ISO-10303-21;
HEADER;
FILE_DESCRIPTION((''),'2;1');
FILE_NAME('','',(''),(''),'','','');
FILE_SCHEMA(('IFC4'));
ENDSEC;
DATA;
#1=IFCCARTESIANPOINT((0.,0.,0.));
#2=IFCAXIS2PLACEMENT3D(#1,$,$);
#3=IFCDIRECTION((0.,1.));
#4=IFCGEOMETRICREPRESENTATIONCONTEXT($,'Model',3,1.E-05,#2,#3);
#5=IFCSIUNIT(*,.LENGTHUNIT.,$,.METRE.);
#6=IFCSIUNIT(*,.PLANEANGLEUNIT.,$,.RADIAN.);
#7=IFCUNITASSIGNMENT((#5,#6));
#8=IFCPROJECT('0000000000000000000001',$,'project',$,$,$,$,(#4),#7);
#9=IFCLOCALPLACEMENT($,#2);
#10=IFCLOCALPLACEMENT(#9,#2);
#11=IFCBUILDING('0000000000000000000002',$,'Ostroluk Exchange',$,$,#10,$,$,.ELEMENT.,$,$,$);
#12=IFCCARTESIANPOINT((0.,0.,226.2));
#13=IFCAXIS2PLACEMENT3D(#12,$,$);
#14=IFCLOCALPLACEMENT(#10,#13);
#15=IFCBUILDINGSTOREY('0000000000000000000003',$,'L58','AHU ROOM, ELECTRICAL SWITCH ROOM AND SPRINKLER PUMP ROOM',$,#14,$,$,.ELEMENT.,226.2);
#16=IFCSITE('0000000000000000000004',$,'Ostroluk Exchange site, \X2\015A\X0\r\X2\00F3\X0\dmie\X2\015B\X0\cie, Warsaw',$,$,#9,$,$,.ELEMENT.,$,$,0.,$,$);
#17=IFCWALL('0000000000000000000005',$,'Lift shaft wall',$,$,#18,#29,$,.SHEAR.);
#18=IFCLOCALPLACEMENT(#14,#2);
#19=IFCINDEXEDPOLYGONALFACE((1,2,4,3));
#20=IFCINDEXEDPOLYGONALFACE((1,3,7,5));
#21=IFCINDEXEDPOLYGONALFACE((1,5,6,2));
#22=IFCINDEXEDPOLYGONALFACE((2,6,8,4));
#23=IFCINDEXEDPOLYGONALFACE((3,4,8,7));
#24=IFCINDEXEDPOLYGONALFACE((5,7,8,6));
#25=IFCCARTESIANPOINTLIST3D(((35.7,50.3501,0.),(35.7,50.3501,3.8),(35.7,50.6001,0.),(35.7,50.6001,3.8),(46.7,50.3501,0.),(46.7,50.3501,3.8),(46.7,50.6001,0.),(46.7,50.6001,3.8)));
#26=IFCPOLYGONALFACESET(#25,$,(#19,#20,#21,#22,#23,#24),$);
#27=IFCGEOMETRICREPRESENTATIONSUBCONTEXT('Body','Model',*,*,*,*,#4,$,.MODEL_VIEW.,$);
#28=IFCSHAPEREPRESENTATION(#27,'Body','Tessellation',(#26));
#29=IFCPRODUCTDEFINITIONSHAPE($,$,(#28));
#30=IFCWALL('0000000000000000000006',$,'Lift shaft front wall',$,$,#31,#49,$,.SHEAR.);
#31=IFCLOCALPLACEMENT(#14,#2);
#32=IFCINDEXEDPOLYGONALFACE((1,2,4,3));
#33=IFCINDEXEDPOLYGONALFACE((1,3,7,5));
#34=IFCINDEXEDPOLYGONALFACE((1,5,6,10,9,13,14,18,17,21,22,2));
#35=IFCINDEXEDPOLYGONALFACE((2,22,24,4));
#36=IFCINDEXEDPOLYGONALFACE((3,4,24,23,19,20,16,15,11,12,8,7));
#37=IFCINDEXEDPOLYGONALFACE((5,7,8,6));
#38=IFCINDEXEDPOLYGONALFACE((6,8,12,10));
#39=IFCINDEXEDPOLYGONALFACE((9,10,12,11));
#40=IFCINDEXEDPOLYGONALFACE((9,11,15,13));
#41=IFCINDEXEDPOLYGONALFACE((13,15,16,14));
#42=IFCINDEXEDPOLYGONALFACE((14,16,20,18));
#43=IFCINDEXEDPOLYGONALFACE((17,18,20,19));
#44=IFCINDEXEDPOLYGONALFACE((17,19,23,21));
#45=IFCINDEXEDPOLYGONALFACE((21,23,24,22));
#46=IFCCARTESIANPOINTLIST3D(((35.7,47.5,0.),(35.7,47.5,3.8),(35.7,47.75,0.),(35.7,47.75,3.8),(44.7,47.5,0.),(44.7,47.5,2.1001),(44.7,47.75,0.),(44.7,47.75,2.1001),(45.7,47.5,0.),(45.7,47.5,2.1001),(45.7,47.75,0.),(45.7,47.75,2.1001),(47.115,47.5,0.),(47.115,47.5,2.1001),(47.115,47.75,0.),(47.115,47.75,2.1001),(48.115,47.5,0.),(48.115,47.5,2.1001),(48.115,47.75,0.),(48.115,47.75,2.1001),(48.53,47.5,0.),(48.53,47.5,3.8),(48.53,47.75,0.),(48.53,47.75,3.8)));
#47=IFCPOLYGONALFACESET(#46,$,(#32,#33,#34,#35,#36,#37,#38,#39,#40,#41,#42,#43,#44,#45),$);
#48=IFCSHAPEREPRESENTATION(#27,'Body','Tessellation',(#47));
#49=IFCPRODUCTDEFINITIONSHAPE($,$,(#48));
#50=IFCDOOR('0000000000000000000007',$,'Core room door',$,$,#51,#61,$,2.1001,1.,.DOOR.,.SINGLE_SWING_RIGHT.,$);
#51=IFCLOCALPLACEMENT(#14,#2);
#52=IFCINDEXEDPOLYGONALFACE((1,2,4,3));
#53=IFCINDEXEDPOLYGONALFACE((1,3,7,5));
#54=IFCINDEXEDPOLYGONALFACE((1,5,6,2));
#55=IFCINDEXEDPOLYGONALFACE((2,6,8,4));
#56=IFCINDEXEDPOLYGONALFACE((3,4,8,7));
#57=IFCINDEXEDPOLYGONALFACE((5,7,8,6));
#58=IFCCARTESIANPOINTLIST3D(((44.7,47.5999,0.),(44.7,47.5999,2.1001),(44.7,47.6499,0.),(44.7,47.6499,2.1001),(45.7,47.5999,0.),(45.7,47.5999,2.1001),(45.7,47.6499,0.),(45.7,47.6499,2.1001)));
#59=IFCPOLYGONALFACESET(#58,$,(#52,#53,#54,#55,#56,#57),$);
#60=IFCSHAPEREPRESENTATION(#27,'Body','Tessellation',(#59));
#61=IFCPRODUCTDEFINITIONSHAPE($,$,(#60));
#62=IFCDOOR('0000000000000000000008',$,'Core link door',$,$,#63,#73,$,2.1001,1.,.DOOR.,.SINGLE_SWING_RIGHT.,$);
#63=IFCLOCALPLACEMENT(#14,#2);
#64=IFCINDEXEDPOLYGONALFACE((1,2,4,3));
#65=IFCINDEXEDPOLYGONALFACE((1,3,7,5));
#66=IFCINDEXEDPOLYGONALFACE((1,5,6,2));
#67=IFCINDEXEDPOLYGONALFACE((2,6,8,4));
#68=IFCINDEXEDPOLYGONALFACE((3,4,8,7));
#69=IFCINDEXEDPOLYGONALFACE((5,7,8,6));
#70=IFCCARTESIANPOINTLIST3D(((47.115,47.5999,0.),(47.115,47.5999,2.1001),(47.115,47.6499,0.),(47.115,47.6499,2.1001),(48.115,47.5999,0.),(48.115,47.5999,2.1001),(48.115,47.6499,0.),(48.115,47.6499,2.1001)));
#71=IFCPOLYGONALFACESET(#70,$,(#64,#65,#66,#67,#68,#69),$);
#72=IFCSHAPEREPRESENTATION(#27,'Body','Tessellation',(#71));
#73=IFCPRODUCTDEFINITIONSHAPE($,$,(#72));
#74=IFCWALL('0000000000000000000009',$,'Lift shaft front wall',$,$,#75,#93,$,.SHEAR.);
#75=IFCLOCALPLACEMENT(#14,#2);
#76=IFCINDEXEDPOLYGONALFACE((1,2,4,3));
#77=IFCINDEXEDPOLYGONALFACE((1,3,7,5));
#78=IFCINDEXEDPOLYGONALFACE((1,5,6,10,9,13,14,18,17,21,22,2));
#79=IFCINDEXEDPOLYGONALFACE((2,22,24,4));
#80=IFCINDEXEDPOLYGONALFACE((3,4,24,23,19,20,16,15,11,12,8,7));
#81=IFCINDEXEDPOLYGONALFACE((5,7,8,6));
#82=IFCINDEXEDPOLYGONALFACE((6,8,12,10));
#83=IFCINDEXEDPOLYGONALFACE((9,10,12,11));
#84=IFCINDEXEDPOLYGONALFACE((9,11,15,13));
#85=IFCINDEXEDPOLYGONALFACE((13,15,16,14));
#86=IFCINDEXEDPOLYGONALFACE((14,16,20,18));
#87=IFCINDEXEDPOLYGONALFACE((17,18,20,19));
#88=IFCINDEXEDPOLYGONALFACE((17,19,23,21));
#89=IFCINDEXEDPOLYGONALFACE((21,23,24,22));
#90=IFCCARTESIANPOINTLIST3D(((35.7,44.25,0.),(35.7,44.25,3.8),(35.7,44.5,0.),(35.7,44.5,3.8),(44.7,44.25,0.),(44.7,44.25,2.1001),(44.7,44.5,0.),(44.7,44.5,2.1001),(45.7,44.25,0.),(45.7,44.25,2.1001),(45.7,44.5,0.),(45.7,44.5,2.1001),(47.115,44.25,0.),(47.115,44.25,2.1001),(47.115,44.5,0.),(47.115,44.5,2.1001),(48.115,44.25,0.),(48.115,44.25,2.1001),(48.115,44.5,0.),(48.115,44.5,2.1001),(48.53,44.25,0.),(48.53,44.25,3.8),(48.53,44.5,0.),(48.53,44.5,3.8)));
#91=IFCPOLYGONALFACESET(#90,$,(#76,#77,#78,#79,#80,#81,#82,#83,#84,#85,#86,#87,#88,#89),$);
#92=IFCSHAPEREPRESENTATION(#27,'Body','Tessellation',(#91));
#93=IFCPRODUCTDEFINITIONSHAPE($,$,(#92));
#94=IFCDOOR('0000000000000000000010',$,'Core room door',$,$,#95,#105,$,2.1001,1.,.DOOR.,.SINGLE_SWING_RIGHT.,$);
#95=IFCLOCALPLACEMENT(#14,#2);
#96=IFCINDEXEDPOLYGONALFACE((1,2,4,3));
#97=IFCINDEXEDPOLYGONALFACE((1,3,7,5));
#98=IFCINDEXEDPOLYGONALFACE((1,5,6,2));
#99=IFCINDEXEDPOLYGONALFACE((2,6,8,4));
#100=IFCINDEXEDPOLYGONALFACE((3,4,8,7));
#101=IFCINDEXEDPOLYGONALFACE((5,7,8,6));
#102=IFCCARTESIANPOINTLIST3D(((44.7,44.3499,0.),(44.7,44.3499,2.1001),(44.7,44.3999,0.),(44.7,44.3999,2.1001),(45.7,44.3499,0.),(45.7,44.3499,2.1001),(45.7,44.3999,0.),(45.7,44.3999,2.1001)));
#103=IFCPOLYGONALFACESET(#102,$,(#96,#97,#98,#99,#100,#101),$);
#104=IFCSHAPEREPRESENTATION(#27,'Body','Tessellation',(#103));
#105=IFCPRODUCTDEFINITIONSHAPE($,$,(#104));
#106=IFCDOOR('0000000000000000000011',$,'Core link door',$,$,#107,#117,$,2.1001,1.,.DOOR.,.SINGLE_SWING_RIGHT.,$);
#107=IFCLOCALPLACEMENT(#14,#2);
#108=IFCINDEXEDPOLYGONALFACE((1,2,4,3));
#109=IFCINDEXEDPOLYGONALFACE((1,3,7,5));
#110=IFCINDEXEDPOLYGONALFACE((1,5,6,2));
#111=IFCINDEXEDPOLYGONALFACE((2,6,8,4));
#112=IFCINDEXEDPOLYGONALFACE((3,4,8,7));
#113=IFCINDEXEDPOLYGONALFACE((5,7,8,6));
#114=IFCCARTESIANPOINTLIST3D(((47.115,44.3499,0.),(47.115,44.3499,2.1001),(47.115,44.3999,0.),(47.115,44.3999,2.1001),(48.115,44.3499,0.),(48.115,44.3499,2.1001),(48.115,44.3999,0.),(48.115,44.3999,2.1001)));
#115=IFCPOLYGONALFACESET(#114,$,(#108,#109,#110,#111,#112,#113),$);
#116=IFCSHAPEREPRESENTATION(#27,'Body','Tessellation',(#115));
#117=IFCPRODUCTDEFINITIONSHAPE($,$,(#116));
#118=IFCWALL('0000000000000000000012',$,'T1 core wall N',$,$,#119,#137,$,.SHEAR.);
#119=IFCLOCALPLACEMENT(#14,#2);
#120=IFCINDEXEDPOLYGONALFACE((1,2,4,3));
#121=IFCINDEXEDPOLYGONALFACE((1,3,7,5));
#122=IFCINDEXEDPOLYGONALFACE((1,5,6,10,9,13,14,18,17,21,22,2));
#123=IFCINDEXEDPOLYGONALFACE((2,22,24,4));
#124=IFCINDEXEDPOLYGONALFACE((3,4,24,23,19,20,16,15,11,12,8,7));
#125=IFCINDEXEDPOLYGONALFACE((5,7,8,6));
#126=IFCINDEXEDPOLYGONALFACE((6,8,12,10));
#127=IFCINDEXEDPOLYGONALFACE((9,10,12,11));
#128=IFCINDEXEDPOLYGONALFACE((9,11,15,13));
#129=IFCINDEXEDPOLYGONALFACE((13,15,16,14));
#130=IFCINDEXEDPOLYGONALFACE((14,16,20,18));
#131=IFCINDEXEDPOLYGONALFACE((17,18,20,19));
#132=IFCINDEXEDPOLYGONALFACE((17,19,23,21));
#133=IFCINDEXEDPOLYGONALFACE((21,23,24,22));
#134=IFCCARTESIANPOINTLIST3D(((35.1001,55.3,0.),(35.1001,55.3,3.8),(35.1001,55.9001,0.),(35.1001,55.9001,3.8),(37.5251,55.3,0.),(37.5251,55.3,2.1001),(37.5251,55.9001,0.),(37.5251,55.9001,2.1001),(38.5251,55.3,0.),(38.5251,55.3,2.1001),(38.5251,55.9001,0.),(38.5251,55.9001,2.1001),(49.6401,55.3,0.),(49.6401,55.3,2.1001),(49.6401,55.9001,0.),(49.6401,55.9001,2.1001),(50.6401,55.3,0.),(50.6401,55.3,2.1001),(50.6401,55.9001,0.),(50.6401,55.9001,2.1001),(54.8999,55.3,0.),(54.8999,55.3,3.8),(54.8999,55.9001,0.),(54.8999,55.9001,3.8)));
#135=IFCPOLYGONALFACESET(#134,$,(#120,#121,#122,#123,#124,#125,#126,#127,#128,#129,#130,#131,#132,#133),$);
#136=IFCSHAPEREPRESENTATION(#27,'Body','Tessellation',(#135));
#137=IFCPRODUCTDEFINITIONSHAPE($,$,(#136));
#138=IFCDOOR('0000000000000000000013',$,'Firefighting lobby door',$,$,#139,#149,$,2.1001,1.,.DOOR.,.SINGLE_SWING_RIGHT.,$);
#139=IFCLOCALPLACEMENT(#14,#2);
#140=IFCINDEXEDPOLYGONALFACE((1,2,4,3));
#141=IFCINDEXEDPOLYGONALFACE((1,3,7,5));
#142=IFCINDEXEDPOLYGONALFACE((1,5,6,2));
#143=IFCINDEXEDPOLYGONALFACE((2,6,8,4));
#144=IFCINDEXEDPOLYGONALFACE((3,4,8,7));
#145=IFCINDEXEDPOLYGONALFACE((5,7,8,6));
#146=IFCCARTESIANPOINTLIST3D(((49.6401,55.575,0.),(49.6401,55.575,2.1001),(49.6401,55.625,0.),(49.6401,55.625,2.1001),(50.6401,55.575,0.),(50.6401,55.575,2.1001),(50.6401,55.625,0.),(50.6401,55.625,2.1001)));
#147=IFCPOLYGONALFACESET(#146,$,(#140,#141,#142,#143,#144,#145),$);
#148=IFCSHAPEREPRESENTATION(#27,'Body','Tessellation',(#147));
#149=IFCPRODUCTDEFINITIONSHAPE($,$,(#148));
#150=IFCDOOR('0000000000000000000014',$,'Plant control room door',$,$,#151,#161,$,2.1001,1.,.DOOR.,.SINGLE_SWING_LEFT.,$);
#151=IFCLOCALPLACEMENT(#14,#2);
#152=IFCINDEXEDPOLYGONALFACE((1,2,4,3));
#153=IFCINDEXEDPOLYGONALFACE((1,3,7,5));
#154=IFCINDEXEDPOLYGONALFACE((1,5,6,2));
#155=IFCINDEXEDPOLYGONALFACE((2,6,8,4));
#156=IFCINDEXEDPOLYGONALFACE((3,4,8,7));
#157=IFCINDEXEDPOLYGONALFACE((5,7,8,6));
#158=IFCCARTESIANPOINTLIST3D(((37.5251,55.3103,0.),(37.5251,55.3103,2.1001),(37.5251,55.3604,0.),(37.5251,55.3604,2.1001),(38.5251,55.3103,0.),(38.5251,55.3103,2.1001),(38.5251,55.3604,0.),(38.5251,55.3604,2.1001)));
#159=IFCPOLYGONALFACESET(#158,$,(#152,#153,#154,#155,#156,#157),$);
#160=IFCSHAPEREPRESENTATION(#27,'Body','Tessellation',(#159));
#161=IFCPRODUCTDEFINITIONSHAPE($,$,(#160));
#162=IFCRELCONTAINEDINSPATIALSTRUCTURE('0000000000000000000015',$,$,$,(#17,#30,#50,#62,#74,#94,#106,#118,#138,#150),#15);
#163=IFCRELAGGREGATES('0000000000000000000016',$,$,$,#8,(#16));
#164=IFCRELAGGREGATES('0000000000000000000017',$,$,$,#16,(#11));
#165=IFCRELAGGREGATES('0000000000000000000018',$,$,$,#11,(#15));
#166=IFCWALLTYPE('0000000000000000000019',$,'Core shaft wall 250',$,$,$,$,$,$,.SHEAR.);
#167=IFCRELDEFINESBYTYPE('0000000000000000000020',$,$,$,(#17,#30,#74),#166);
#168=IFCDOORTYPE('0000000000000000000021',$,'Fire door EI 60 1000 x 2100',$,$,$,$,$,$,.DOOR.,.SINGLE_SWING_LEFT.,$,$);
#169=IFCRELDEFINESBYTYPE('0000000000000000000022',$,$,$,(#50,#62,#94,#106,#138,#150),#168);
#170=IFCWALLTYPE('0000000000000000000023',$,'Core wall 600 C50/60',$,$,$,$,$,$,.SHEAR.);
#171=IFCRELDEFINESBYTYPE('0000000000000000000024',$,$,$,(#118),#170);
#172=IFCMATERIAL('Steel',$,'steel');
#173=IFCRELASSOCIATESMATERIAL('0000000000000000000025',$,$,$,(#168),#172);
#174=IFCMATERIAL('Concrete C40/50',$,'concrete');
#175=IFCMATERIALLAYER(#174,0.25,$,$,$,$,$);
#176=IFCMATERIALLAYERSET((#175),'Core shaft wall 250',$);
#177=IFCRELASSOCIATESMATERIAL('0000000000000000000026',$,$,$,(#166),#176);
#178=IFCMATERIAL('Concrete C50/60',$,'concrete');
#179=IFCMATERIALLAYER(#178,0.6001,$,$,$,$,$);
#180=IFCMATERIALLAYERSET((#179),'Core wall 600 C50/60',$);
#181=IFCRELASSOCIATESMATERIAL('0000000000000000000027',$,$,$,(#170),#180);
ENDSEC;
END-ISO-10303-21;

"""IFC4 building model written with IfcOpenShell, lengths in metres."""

from ifc_helpers import new_model, si_unit, direction, frame, frame_2d, origin, place, context, subcontext, project, spatial, rectangle, extrude, material, layer, layer_set, type_object, element, fill, save


model = new_model("IFC4")

# Units and contexts
model_context = context("Model", 3, precision=1e-05, world=origin(), true_north=direction((0.0, 1.0)))
body_context = subcontext(model_context, "Body", "Model", "MODEL_VIEW")
ifc_project = project(units=[si_unit("LENGTHUNIT", "METRE"), si_unit("PLANEANGLEUNIT", "RADIAN")], contexts=[model_context])

# Site, building, storey
site_placement = place(None, origin())
site = spatial("IfcSite", under=ifc_project, at=site_placement, Name="Ostroluk Exchange site, Śródmieście, Warsaw", CompositionType="ELEMENT", RefElevation=0.0)
building_placement = place(site_placement, origin())
building = spatial("IfcBuilding", under=site, at=building_placement, Name="Ostroluk Exchange", CompositionType="ELEMENT")
storey_placement = place(building_placement, frame((0.0, 0.0, 226.2)))
storey = spatial("IfcBuildingStorey", under=building, at=storey_placement, Name="L58", Description="AHU ROOM, ELECTRICAL SWITCH ROOM AND SPRINKLER PUMP ROOM", CompositionType="ELEMENT", Elevation=226.2)

# Shared definitions
ifc_material_1 = material(Name="Steel", Category="steel")
door_type = type_object("IfcDoorType", Name="Fire door EI 60 1000 x 2100", OperationType="SINGLE_SWING_LEFT", PredefinedType="DOOR", material=ifc_material_1)

# Wall
ifc_material_2 = material(Name="Concrete C40/50", Category="concrete")
ifc_layer_1 = layer(ifc_material_2, 0.25)
ifc_layer_set_1 = layer_set([ifc_layer_1], Name="Core shaft wall 250")
wall_type_1 = type_object("IfcWallType", Name="Core shaft wall 250", PredefinedType="SHEAR", material=ifc_layer_set_1)
wall_1_placement = place(storey_placement, frame((35.7, 50.4751, 0.0), z_axis=(0.0, 0.0, 1.0), x_axis=(1.0, 0.0, 0.0)))
element("IfcWall", 1, at=wall_1_placement, inside=storey, type_object=wall_type_1, Name="Lift shaft wall", PredefinedType="SHEAR", context=body_context, shape_type="SweptSolid", body=[
    extrude(rectangle(XDim=11.0, YDim=0.25, at=frame_2d((5.5, 0.0))), origin(), (0.0, 0.0, 1.0), 3.8),
])

# Walls, openings, doors
wall_2_placement = place(storey_placement, frame((35.7, 47.625, 0.0), z_axis=(0.0, 0.0, 1.0), x_axis=(1.0, 0.0, 0.0)))
wall_2 = element("IfcWall", 2, at=wall_2_placement, inside=storey, type_object=wall_type_1, Name="Lift shaft front wall", PredefinedType="SHEAR", context=body_context, shape_type="SweptSolid", body=[
    extrude(rectangle(XDim=12.8301, YDim=0.25, at=frame_2d((6.415, 0.0))), origin(), (0.0, 0.0, 1.0), 3.8),
])
opening_1_placement = place(wall_2_placement, frame((9.0, 0.0, 0.0)))
opening_1 = element("IfcOpeningElement", 3, at=opening_1_placement, cuts=wall_2, PredefinedType="OPENING", context=body_context, shape_type="SweptSolid", body=[
    extrude(rectangle(XDim=1.0, YDim=2.1001, at=frame_2d((0.5, 1.05))), frame((0.0, 0.135, 0.0), z_axis=(0.0, -1.0, 0.0), x_axis=(1.0, 0.0, 0.0)), (0.0, 0.0, 1.0), 0.27),
])
opening_2_placement = place(wall_2_placement, frame((11.415, 0.0, 0.0)))
opening_2 = element("IfcOpeningElement", 4, at=opening_2_placement, cuts=wall_2, PredefinedType="OPENING", context=body_context, shape_type="SweptSolid", body=[
    extrude(rectangle(XDim=1.0, YDim=2.1001, at=frame_2d((0.5, 1.05))), frame((0.0, 0.135, 0.0), z_axis=(0.0, -1.0, 0.0), x_axis=(1.0, 0.0, 0.0)), (0.0, 0.0, 1.0), 0.27),
])
door_1_placement = place(opening_1_placement, origin())
door_1 = element("IfcDoor", 5, at=door_1_placement, inside=storey, type_object=door_type, Name="Core room door", OperationType="SINGLE_SWING_RIGHT", OverallHeight=2.1001, OverallWidth=1.0, PredefinedType="DOOR", context=body_context, shape_type="SweptSolid", body=[
    extrude(rectangle(XDim=1.0, YDim=2.1001, at=frame_2d((0.5, 1.05))), frame((0.0, 0.0249, 0.0), z_axis=(0.0, -1.0, 0.0), x_axis=(1.0, 0.0, 0.0)), (0.0, 0.0, 1.0), 0.05),
])
fill(opening_1, door_1)
door_2_placement = place(opening_2_placement, origin())
door_2 = element("IfcDoor", 6, at=door_2_placement, inside=storey, type_object=door_type, Name="Core link door", OperationType="SINGLE_SWING_RIGHT", OverallHeight=2.1001, OverallWidth=1.0, PredefinedType="DOOR", context=body_context, shape_type="SweptSolid", body=[
    extrude(rectangle(XDim=1.0, YDim=2.1001, at=frame_2d((0.5, 1.05))), frame((0.0, 0.0249, 0.0), z_axis=(0.0, -1.0, 0.0), x_axis=(1.0, 0.0, 0.0)), (0.0, 0.0, 1.0), 0.05),
])
fill(opening_2, door_2)
wall_3_placement = place(storey_placement, frame((35.7, 44.375, 0.0), z_axis=(0.0, 0.0, 1.0), x_axis=(1.0, 0.0, 0.0)))
wall_3 = element("IfcWall", 7, at=wall_3_placement, inside=storey, type_object=wall_type_1, Name="Lift shaft front wall", PredefinedType="SHEAR", context=body_context, shape_type="SweptSolid", body=[
    extrude(rectangle(XDim=12.8301, YDim=0.25, at=frame_2d((6.415, 0.0))), origin(), (0.0, 0.0, 1.0), 3.8),
])
opening_3_placement = place(wall_3_placement, frame((9.0, 0.0, 0.0)))
opening_3 = element("IfcOpeningElement", 8, at=opening_3_placement, cuts=wall_3, PredefinedType="OPENING", context=body_context, shape_type="SweptSolid", body=[
    extrude(rectangle(XDim=1.0, YDim=2.1001, at=frame_2d((0.5, 1.05))), frame((0.0, 0.135, 0.0), z_axis=(0.0, -1.0, 0.0), x_axis=(1.0, 0.0, 0.0)), (0.0, 0.0, 1.0), 0.27),
])
opening_4_placement = place(wall_3_placement, frame((11.415, 0.0, 0.0)))
opening_4 = element("IfcOpeningElement", 9, at=opening_4_placement, cuts=wall_3, PredefinedType="OPENING", context=body_context, shape_type="SweptSolid", body=[
    extrude(rectangle(XDim=1.0, YDim=2.1001, at=frame_2d((0.5, 1.05))), frame((0.0, 0.135, 0.0), z_axis=(0.0, -1.0, 0.0), x_axis=(1.0, 0.0, 0.0)), (0.0, 0.0, 1.0), 0.27),
])
door_3_placement = place(opening_3_placement, origin())
door_3 = element("IfcDoor", 10, at=door_3_placement, inside=storey, type_object=door_type, Name="Core room door", OperationType="SINGLE_SWING_RIGHT", OverallHeight=2.1001, OverallWidth=1.0, PredefinedType="DOOR", context=body_context, shape_type="SweptSolid", body=[
    extrude(rectangle(XDim=1.0, YDim=2.1001, at=frame_2d((0.5, 1.05))), frame((0.0, 0.0249, 0.0), z_axis=(0.0, -1.0, 0.0), x_axis=(1.0, 0.0, 0.0)), (0.0, 0.0, 1.0), 0.05),
])
fill(opening_3, door_3)
door_4_placement = place(opening_4_placement, origin())
door_4 = element("IfcDoor", 11, at=door_4_placement, inside=storey, type_object=door_type, Name="Core link door", OperationType="SINGLE_SWING_RIGHT", OverallHeight=2.1001, OverallWidth=1.0, PredefinedType="DOOR", context=body_context, shape_type="SweptSolid", body=[
    extrude(rectangle(XDim=1.0, YDim=2.1001, at=frame_2d((0.5, 1.05))), frame((0.0, 0.0249, 0.0), z_axis=(0.0, -1.0, 0.0), x_axis=(1.0, 0.0, 0.0)), (0.0, 0.0, 1.0), 0.05),
])
fill(opening_4, door_4)
ifc_material_3 = material(Name="Concrete C50/60", Category="concrete")
ifc_layer_2 = layer(ifc_material_3, 0.6001)
ifc_layer_set_2 = layer_set([ifc_layer_2], Name="Core wall 600 C50/60")
wall_type_2 = type_object("IfcWallType", Name="Core wall 600 C50/60", PredefinedType="SHEAR", material=ifc_layer_set_2)
wall_4_placement = place(storey_placement, frame((35.1001, 55.6001, 0.0), z_axis=(0.0, 0.0, 1.0), x_axis=(1.0, 0.0, 0.0)))
wall_4 = element("IfcWall", 12, at=wall_4_placement, inside=storey, type_object=wall_type_2, Name="T1 core wall N", PredefinedType="SHEAR", context=body_context, shape_type="SweptSolid", body=[
    extrude(rectangle(XDim=19.7998, YDim=0.6001, at=frame_2d((9.8999, 0.0))), origin(), (0.0, 0.0, 1.0), 3.8),
])
opening_5_placement = place(wall_4_placement, frame((14.54, 0.0, 0.0)))
opening_5 = element("IfcOpeningElement", 13, at=opening_5_placement, cuts=wall_4, PredefinedType="OPENING", context=body_context, shape_type="SweptSolid", body=[
    extrude(rectangle(XDim=1.0, YDim=2.1001, at=frame_2d((0.5, 1.05))), frame((0.0, 0.3101, 0.0), z_axis=(0.0, -1.0, 0.0), x_axis=(1.0, 0.0, 0.0)), (0.0, 0.0, 1.0), 0.6201),
])
opening_6_placement = place(wall_4_placement, frame((2.425, 0.0, 0.0)))
opening_6 = element("IfcOpeningElement", 14, at=opening_6_placement, cuts=wall_4, PredefinedType="OPENING", context=body_context, shape_type="SweptSolid", body=[
    extrude(rectangle(XDim=1.0, YDim=2.1001, at=frame_2d((0.5, 1.05))), frame((0.0, 0.3101, 0.0), z_axis=(0.0, -1.0, 0.0), x_axis=(1.0, 0.0, 0.0)), (0.0, 0.0, 1.0), 0.6201),
])
door_5_placement = place(opening_5_placement, origin())
door_5 = element("IfcDoor", 15, at=door_5_placement, inside=storey, type_object=door_type, Name="Firefighting lobby door", OperationType="SINGLE_SWING_RIGHT", OverallHeight=2.1001, OverallWidth=1.0, PredefinedType="DOOR", context=body_context, shape_type="SweptSolid", body=[
    extrude(rectangle(XDim=1.0, YDim=2.1001, at=frame_2d((0.5, 1.05))), frame((0.0, 0.0249, 0.0), z_axis=(0.0, -1.0, 0.0), x_axis=(1.0, 0.0, 0.0)), (0.0, 0.0, 1.0), 0.05),
])
fill(opening_5, door_5)
door_6_placement = place(opening_6_placement, origin())
door_6 = element("IfcDoor", 16, at=door_6_placement, inside=storey, type_object=door_type, Name="Plant control room door", OperationType="SINGLE_SWING_LEFT", OverallHeight=2.1001, OverallWidth=1.0, PredefinedType="DOOR", context=body_context, shape_type="SweptSolid", body=[
    extrude(rectangle(XDim=1.0, YDim=2.1001, at=frame_2d((0.5, 1.05))), frame((0.0, -0.2397, 0.0), z_axis=(0.0, -1.0, 0.0), x_axis=(1.0, 0.0, 0.0)), (0.0, 0.0, 1.0), 0.05),
])
fill(opening_6, door_6)

save(model, "model.ifc")
